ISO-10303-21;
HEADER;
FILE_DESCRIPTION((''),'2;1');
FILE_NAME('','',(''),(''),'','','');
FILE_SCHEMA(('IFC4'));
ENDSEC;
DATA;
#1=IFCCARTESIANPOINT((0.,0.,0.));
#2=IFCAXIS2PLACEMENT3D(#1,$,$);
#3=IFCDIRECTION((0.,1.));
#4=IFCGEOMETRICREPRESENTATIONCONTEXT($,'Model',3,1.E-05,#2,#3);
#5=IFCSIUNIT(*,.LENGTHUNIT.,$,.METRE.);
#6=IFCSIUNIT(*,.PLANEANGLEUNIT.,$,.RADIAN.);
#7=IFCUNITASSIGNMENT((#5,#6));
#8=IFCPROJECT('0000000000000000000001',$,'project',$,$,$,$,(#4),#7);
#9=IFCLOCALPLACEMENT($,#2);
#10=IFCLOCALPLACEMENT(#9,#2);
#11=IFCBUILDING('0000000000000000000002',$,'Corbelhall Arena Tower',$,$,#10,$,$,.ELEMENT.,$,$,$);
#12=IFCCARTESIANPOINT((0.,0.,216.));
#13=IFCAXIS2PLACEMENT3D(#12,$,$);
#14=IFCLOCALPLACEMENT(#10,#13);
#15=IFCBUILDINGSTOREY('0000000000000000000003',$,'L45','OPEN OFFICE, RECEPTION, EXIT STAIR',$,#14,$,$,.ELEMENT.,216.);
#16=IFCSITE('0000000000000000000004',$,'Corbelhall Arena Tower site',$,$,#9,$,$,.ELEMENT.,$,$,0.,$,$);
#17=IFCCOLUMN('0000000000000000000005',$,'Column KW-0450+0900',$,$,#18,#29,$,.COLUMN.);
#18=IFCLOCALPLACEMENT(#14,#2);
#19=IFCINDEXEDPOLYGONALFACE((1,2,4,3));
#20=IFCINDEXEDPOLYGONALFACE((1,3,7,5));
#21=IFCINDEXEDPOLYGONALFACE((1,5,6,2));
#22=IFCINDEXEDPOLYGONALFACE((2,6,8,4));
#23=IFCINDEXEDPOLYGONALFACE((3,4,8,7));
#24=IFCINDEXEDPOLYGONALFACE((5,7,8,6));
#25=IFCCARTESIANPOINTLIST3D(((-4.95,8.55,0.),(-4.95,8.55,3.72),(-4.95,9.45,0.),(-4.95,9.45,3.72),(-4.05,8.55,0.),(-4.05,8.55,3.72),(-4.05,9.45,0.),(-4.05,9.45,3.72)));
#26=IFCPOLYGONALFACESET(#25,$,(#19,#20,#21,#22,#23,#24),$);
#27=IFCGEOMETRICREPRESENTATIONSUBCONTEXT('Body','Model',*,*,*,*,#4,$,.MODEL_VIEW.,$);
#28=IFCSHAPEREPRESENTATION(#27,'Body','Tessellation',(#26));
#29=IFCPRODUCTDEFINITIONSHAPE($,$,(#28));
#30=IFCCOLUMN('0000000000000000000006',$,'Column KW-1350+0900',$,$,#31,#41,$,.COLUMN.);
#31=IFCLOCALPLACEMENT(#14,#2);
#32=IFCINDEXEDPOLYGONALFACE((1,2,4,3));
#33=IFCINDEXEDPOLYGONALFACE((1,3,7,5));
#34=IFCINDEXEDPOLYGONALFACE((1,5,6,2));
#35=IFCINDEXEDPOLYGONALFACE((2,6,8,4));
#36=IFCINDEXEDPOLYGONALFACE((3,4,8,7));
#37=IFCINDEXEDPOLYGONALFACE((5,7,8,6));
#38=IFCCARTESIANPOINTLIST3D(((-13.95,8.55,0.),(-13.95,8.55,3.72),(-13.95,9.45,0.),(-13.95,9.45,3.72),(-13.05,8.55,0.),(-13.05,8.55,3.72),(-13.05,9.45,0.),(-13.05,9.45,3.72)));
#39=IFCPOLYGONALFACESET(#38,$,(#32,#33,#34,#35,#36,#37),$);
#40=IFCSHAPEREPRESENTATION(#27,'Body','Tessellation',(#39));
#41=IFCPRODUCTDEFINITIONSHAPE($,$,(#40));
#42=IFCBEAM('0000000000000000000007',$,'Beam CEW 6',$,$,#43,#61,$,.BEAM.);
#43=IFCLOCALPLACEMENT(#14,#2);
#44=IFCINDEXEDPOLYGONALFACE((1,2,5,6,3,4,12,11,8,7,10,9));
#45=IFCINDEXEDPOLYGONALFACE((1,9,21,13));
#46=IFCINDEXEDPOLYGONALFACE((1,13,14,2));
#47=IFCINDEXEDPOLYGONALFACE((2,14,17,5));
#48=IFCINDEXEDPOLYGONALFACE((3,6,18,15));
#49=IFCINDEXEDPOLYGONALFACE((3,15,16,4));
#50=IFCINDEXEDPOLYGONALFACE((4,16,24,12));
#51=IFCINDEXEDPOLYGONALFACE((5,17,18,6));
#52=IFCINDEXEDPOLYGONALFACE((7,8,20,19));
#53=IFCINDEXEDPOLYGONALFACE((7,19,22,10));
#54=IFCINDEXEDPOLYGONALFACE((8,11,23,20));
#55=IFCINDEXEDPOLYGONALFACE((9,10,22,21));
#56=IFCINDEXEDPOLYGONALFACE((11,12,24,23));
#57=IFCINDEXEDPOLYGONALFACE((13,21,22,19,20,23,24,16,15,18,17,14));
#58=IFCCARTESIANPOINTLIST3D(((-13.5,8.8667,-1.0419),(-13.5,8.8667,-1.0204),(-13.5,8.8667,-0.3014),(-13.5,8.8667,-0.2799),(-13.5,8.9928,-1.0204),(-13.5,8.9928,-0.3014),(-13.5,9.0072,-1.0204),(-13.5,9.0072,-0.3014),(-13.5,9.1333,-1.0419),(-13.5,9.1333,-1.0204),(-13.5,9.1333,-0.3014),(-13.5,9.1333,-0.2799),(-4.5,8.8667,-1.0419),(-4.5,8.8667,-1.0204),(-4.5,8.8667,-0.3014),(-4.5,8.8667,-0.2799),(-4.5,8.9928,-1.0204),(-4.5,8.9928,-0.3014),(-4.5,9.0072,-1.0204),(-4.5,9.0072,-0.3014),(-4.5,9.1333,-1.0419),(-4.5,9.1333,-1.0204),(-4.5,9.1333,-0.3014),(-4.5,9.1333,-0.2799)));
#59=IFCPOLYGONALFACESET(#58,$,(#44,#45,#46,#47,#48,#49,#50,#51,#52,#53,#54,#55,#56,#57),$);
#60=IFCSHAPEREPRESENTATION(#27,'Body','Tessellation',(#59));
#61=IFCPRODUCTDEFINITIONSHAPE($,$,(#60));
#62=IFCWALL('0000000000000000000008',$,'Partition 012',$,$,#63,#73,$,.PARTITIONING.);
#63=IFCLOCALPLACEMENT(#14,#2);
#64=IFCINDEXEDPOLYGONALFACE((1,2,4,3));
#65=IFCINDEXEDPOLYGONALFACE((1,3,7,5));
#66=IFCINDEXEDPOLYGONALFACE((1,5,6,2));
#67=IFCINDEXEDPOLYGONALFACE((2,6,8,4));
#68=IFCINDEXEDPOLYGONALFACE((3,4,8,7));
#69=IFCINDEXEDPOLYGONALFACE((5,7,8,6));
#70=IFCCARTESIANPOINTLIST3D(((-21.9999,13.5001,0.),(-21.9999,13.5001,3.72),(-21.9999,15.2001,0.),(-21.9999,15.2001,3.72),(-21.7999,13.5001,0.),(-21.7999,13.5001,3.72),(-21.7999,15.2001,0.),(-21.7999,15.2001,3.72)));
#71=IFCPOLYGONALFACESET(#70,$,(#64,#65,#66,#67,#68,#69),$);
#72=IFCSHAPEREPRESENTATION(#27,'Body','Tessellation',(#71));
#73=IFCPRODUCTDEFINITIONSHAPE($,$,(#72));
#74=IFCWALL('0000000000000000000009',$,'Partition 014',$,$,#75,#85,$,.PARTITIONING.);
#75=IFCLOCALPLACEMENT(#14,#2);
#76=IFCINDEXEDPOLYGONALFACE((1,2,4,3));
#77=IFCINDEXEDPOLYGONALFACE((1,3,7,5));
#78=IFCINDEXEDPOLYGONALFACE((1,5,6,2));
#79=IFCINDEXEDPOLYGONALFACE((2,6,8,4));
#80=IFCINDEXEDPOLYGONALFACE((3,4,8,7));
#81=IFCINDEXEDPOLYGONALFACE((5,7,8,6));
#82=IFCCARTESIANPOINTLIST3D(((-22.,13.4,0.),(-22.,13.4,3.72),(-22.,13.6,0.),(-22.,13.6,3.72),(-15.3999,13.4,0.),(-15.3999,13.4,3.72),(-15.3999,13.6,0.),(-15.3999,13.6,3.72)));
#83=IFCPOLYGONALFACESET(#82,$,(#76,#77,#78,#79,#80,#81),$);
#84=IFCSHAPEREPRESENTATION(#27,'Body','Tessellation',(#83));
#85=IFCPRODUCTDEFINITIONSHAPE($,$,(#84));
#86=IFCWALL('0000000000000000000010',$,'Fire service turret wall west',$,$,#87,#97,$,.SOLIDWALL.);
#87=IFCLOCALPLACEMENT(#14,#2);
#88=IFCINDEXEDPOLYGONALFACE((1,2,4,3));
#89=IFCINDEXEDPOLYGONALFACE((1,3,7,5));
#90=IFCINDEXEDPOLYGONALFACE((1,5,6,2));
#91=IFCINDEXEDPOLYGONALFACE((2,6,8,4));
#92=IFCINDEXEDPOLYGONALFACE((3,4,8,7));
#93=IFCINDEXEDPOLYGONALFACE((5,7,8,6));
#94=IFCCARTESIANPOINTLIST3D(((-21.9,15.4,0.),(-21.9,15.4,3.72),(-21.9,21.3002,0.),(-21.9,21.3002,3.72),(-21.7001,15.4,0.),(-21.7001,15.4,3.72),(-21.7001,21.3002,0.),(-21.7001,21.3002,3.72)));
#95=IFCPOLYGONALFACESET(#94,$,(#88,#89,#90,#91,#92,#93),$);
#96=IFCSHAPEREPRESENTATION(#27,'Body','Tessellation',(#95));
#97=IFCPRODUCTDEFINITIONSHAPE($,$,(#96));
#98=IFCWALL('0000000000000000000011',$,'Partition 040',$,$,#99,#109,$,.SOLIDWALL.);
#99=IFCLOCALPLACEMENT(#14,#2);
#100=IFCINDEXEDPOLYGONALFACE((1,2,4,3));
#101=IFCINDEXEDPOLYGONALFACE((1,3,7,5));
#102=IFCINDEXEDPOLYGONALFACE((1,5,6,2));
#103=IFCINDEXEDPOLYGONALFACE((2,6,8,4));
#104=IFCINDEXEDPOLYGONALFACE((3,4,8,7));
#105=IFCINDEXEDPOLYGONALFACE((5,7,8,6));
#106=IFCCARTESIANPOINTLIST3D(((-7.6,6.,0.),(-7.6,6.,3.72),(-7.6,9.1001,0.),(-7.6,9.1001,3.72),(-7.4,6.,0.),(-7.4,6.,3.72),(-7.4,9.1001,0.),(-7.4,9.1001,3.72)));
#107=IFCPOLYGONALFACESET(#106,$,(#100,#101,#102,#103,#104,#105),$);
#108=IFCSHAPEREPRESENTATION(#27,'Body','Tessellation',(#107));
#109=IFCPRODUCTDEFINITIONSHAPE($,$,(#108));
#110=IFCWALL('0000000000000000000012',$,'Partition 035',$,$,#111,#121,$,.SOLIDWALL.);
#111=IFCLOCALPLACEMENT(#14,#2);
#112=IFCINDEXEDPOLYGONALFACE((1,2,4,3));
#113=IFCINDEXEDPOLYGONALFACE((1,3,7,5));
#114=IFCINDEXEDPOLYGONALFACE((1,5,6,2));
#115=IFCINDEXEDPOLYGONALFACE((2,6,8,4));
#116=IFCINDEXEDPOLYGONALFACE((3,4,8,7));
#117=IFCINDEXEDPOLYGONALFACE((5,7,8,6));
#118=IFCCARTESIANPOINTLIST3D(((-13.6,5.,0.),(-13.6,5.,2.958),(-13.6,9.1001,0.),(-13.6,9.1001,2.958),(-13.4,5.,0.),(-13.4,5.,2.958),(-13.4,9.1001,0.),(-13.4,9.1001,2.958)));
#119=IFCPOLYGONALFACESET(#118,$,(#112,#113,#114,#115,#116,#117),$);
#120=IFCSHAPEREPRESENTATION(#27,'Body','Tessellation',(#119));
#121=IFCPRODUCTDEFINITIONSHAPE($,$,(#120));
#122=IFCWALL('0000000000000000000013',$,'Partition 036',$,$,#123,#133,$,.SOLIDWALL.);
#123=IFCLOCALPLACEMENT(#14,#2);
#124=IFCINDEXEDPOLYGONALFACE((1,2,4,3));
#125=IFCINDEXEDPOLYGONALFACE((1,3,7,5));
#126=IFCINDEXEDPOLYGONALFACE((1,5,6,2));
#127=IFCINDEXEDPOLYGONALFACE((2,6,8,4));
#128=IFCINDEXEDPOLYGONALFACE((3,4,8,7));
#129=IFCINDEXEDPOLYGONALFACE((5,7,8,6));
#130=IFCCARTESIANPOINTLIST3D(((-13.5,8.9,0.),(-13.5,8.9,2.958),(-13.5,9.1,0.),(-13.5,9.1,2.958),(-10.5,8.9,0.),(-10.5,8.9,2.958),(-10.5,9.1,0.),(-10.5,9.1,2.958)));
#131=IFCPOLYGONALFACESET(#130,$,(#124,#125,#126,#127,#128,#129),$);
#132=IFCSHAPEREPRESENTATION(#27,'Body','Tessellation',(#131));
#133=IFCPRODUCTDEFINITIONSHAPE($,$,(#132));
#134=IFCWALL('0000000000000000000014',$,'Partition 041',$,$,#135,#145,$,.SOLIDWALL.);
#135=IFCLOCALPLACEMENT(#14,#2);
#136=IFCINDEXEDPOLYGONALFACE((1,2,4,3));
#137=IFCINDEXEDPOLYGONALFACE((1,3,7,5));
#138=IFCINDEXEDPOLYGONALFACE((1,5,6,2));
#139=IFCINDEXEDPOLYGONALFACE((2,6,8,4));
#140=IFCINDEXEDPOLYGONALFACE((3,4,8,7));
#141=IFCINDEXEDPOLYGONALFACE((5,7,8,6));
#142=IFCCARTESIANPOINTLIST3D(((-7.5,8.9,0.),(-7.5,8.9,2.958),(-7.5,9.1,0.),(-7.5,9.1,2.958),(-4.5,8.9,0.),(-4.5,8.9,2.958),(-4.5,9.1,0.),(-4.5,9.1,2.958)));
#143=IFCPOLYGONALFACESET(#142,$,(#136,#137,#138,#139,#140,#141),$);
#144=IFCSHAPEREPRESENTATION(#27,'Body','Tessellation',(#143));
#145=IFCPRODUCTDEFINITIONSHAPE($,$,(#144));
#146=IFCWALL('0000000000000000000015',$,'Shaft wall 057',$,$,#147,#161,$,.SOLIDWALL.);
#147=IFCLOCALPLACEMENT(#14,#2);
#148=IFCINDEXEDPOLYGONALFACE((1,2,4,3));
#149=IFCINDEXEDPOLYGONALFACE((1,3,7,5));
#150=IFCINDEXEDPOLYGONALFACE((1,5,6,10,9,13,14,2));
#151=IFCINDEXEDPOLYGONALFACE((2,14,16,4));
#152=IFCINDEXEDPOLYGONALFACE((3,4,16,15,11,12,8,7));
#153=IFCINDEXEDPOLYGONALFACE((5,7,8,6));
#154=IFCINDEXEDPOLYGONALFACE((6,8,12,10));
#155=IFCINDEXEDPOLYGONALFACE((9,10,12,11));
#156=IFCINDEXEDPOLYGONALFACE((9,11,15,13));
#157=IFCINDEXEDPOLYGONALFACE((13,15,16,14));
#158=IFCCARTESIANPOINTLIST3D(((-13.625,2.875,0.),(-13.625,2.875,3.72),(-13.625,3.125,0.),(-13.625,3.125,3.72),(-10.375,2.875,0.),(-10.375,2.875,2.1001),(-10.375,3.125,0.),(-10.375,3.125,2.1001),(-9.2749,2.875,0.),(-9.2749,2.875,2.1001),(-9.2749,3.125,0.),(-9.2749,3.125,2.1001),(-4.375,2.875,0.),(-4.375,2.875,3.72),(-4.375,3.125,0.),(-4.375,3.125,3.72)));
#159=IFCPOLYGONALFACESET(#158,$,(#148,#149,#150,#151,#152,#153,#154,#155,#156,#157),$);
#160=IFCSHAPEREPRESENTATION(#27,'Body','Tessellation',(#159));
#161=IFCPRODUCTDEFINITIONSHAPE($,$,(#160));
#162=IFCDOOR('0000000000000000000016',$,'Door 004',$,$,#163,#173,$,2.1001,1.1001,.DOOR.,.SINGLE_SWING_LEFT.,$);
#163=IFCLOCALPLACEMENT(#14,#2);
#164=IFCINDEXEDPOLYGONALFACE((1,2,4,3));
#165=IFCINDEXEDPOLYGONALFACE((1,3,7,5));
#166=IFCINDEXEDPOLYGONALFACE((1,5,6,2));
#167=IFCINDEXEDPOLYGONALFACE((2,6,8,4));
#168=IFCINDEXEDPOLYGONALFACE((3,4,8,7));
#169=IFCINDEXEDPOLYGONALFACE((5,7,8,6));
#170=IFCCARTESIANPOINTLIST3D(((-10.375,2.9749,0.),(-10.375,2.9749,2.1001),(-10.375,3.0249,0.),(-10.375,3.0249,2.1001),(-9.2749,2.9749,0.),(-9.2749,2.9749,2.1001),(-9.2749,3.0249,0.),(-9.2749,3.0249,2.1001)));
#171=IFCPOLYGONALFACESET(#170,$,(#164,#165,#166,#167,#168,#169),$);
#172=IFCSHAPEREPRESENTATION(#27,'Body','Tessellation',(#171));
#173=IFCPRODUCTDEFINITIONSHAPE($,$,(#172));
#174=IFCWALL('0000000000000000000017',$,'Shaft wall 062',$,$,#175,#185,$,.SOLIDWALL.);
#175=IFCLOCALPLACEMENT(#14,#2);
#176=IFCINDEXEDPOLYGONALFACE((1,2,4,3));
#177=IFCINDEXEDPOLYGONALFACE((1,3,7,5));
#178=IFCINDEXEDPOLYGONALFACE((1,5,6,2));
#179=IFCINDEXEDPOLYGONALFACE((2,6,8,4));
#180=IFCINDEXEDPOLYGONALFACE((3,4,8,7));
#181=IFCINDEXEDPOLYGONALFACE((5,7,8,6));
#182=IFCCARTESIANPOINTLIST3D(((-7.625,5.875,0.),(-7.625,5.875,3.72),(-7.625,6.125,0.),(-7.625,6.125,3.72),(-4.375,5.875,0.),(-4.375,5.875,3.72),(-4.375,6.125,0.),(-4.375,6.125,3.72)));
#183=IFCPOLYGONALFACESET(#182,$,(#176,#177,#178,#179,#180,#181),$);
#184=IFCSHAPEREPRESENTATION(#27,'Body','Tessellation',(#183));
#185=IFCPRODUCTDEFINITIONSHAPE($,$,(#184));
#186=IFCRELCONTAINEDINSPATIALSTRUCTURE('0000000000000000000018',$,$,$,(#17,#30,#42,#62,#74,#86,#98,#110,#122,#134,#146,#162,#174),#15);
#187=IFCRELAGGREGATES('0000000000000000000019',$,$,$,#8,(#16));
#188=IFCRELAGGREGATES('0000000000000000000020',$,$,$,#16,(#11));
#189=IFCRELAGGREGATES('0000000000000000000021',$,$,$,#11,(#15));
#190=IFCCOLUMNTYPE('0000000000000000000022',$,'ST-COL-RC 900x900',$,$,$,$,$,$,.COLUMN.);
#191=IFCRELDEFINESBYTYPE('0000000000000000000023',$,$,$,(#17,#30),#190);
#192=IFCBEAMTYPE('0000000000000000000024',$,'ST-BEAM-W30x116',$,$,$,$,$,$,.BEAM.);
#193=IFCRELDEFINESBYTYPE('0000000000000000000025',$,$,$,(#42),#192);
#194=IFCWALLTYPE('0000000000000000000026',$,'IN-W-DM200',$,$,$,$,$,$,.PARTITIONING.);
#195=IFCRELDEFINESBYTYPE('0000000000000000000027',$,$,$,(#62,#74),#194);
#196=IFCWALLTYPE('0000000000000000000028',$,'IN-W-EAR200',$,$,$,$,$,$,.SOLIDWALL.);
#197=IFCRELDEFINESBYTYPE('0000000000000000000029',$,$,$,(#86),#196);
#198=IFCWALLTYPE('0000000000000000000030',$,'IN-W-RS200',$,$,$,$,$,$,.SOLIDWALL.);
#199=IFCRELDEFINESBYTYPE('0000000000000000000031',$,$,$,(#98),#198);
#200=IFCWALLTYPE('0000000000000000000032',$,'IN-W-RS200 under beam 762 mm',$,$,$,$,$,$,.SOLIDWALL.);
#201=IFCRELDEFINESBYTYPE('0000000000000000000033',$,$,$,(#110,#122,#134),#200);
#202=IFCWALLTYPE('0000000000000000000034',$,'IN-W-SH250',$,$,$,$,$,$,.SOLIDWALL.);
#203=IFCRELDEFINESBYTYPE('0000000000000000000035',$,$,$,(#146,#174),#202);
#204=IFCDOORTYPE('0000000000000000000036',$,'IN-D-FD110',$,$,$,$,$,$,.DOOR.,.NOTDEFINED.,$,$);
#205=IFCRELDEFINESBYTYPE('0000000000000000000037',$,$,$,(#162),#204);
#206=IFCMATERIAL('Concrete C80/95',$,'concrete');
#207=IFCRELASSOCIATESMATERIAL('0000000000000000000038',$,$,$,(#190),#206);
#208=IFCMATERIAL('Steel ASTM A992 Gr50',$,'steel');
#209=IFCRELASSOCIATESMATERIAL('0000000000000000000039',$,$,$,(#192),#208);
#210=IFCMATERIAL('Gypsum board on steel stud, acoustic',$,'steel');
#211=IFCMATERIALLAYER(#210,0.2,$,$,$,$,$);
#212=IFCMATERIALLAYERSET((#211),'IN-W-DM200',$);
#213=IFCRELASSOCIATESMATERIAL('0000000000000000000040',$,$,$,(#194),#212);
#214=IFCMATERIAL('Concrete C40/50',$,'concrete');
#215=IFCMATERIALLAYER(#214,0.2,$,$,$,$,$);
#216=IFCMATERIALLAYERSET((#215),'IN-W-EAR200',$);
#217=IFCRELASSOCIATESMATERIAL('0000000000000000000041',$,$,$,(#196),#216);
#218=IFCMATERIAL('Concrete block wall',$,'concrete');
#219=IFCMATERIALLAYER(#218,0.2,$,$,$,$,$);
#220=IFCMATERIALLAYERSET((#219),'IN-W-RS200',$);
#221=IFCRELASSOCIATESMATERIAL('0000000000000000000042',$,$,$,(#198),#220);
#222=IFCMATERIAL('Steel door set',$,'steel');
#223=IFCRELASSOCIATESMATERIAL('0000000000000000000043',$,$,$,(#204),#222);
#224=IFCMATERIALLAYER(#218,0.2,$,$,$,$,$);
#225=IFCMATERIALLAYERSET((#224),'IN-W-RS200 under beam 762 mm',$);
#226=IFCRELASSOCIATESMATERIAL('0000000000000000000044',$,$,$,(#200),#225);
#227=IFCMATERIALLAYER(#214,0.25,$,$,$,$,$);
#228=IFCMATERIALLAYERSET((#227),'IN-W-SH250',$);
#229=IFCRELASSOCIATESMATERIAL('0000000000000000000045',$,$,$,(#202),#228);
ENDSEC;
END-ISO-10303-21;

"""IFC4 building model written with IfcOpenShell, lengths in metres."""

from ifc_helpers import new_model, si_unit, direction, frame, frame_2d, origin, origin_2d, place, context, subcontext, project, spatial, rectangle, i_section, extrude, material, layer, layer_set, material_profile, profile_set, type_object, element, fill, save


model = new_model("IFC4")

# Units and contexts
model_context = context("Model", 3, precision=1e-05, world=origin(), true_north=direction((0.0, 1.0)))
body_context = subcontext(model_context, "Body", "Model", "MODEL_VIEW")
ifc_project = project(units=[si_unit("LENGTHUNIT", "METRE"), si_unit("PLANEANGLEUNIT", "RADIAN")], contexts=[model_context])

# Site, building, storey
site_placement = place(None, origin())
site = spatial("IfcSite", under=ifc_project, at=site_placement, Name="Corbelhall Arena Tower site", CompositionType="ELEMENT", RefElevation=0.0)
building_placement = place(site_placement, origin())
building = spatial("IfcBuilding", under=site, at=building_placement, Name="Corbelhall Arena Tower", CompositionType="ELEMENT")
storey_placement = place(building_placement, frame((0.0, 0.0, 216.0)))
storey = spatial("IfcBuildingStorey", under=building, at=storey_placement, Name="L45", Description="OPEN OFFICE, RECEPTION, EXIT STAIR", CompositionType="ELEMENT", Elevation=216.0)

# Columns
ifc_material_1 = material(Name="Concrete C80/95", Category="concrete")
ifc_material_profile_1 = material_profile(ifc_material_1, rectangle(XDim=0.8999, YDim=0.8999, at=origin_2d()))
ifc_profile_set_1 = profile_set([ifc_material_profile_1], Name="Concrete C80/95")
column_type = type_object("IfcColumnType", Name="ST-COL-RC 900x900", PredefinedType="COLUMN", material=ifc_profile_set_1)
for number, where, z_axis, x_axis, name in (
    (1, (-4.5, 9.0, 0.0), (0.0, 0.0, 1.0), (1.0, 0.0, 0.0), "Column KW-0450+0900"),
    (2, (-13.5, 9.0, 0.0), (0.0, 0.0, 1.0), (1.0, 0.0, 0.0), "Column KW-1350+0900"),
):
    element("IfcColumn", number, at=place(storey_placement, frame(where, z_axis=z_axis, x_axis=x_axis)), inside=storey, type_object=column_type, Name=name, PredefinedType="COLUMN", context=body_context, shape_type="SweptSolid", body=[
        extrude(rectangle(XDim=0.8999, YDim=0.8999, at=origin_2d()), origin(), (0.0, 0.0, 1.0), 3.72),
    ])

# Beam
ifc_material_2 = material(Name="Steel ASTM A992 Gr50", Category="steel")
ifc_material_profile_2 = material_profile(ifc_material_2, i_section(OverallWidth=0.2666, OverallDepth=0.762, WebThickness=0.0144, FlangeThickness=0.0215, at=origin_2d()))
ifc_profile_set_2 = profile_set([ifc_material_profile_2], Name="Steel ASTM A992 Gr50")
beam_type = type_object("IfcBeamType", Name="ST-BEAM-W30x116", PredefinedType="BEAM", material=ifc_profile_set_2)
beam_placement = place(storey_placement, frame((-13.5, 9.0, -0.6609), z_axis=(1.0, 0.0, 0.0), x_axis=(0.0, 1.0, 0.0)))
element("IfcBeam", 3, at=beam_placement, inside=storey, type_object=beam_type, Name="Beam CEW 6", PredefinedType="BEAM", context=body_context, shape_type="SweptSolid", body=[
    extrude(i_section(OverallWidth=0.2666, OverallDepth=0.762, WebThickness=0.0144, FlangeThickness=0.0215, at=origin_2d()), origin(), (0.0, 0.0, 1.0), 9.0),
])

# Shared definitions
ifc_material_3 = material(Name="Gypsum board on steel stud, acoustic", Category="steel")
ifc_layer_1 = layer(ifc_material_3, 0.2)
ifc_layer_set_1 = layer_set([ifc_layer_1], Name="IN-W-DM200")
wall_type_1 = type_object("IfcWallType", Name="IN-W-DM200", PredefinedType="PARTITIONING", material=ifc_layer_set_1)
ifc_material_4 = material(Name="Steel door set", Category="steel")

# Wall
wall_1_placement = place(storey_placement, frame((-21.8999, 13.5, 0.0), z_axis=(0.0, 0.0, 1.0), x_axis=(0.0, 1.0, 0.0)))
element("IfcWall", 4, at=wall_1_placement, inside=storey, type_object=wall_type_1, Name="Partition 012", PredefinedType="PARTITIONING", context=body_context, shape_type="SweptSolid", body=[
    extrude(rectangle(XDim=1.7, YDim=0.2, at=frame_2d((0.8501, 0.0))), origin(), (0.0, 0.0, 1.0), 3.72),
])

# Wall
wall_2_placement = place(storey_placement, frame((-15.3999, 13.5, 0.0), z_axis=(0.0, 0.0, 1.0), x_axis=(-1.0, 0.0, 0.0)))
element("IfcWall", 5, at=wall_2_placement, inside=storey, type_object=wall_type_1, Name="Partition 014", PredefinedType="PARTITIONING", context=body_context, shape_type="SweptSolid", body=[
    extrude(rectangle(XDim=6.6001, YDim=0.2, at=frame_2d((3.3, 0.0))), origin(), (0.0, 0.0, 1.0), 3.72),
])

# Shared definitions
ifc_material_5 = material(Name="Concrete C40/50", Category="concrete")
ifc_layer_2 = layer(ifc_material_5, 0.2)
ifc_layer_set_2 = layer_set([ifc_layer_2], Name="IN-W-EAR200")
wall_type_2 = type_object("IfcWallType", Name="IN-W-EAR200", PredefinedType="SOLIDWALL", material=ifc_layer_set_2)

# Wall
wall_3_placement = place(storey_placement, frame((-21.8, 15.3999, 0.0), z_axis=(0.0, 0.0, 1.0), x_axis=(0.0, 1.0, 0.0)))
element("IfcWall", 6, at=wall_3_placement, inside=storey, type_object=wall_type_2, Name="Fire service turret wall west", PredefinedType="SOLIDWALL", context=body_context, shape_type="SweptSolid", body=[
    extrude(rectangle(XDim=5.9001, YDim=0.2, at=frame_2d((2.9502, 0.0))), origin(), (0.0, 0.0, 1.0), 3.72),
])

# Shared definitions
ifc_material_6 = material(Name="Concrete block wall", Category="concrete")
ifc_layer_3 = layer(ifc_material_6, 0.2)
ifc_layer_set_3 = layer_set([ifc_layer_3], Name="IN-W-RS200")
wall_type_3 = type_object("IfcWallType", Name="IN-W-RS200", PredefinedType="SOLIDWALL", material=ifc_layer_set_3)
door_type_1 = type_object("IfcDoorType", Name="IN-D-FD110", OperationType="NOTDEFINED", PredefinedType="DOOR", material=ifc_material_4)

# Walls
wall_4_placement = place(storey_placement, frame((-7.5, 6.0, 0.0), z_axis=(0.0, 0.0, 1.0), x_axis=(0.0, 1.0, 0.0)))
element("IfcWall", 7, at=wall_4_placement, inside=storey, type_object=wall_type_3, Name="Partition 040", PredefinedType="SOLIDWALL", context=body_context, shape_type="SweptSolid", body=[
    extrude(rectangle(XDim=3.1001, YDim=0.2, at=frame_2d((1.55, 0.0))), origin(), (0.0, 0.0, 1.0), 3.72),
])
ifc_layer_4 = layer(ifc_material_6, 0.2)
ifc_layer_set_4 = layer_set([ifc_layer_4], Name="IN-W-RS200 under beam 762 mm")
wall_type_4 = type_object("IfcWallType", Name="IN-W-RS200 under beam 762 mm", PredefinedType="SOLIDWALL", material=ifc_layer_set_4)
wall_5_placement = place(storey_placement, frame((-13.5, 5.0, 0.0), z_axis=(0.0, 0.0, 1.0), x_axis=(0.0, 1.0, 0.0)))
element("IfcWall", 8, at=wall_5_placement, inside=storey, type_object=wall_type_4, Name="Partition 035", PredefinedType="SOLIDWALL", context=body_context, shape_type="SweptSolid", body=[
    extrude(rectangle(XDim=4.1001, YDim=0.2, at=frame_2d((2.05, 0.0))), origin(), (0.0, 0.0, 1.0), 2.958),
])
for number, where, z_axis, x_axis, name in (
    (9, (-13.5, 9.0, 0.0), (0.0, 0.0, 1.0), (1.0, 0.0, 0.0), "Partition 036"),
    (10, (-7.5, 9.0, 0.0), (0.0, 0.0, 1.0), (1.0, 0.0, 0.0), "Partition 041"),
):
    element("IfcWall", number, at=place(storey_placement, frame(where, z_axis=z_axis, x_axis=x_axis)), inside=storey, type_object=wall_type_4, Name=name, PredefinedType="SOLIDWALL", context=body_context, shape_type="SweptSolid", body=[
        extrude(rectangle(XDim=3.0, YDim=0.2, at=frame_2d((1.5, 0.0))), origin(), (0.0, 0.0, 1.0), 2.958),
    ])

# Wall, opening, door
ifc_layer_5 = layer(ifc_material_5, 0.25)
ifc_layer_set_5 = layer_set([ifc_layer_5], Name="IN-W-SH250")
wall_type_5 = type_object("IfcWallType", Name="IN-W-SH250", PredefinedType="SOLIDWALL", material=ifc_layer_set_5)
wall_6_placement = place(storey_placement, frame((-13.625, 3.0, 0.0), z_axis=(0.0, 0.0, 1.0), x_axis=(1.0, 0.0, 0.0)))
wall_6 = element("IfcWall", 11, at=wall_6_placement, inside=storey, type_object=wall_type_5, Name="Shaft wall 057", PredefinedType="SOLIDWALL", context=body_context, shape_type="SweptSolid", body=[
    extrude(rectangle(XDim=9.25, YDim=0.25, at=frame_2d((4.625, 0.0))), origin(), (0.0, 0.0, 1.0), 3.72),
])
opening_1_placement = place(wall_6_placement, frame((3.25, 0.0, 0.0)))
opening_1 = element("IfcOpeningElement", 12, at=opening_1_placement, cuts=wall_6, PredefinedType="OPENING", context=body_context, shape_type="SweptSolid", body=[
    extrude(rectangle(XDim=1.1001, YDim=2.1001, at=frame_2d((0.55, 1.05))), frame((0.0, 0.125, 0.0), z_axis=(0.0, -1.0, 0.0), x_axis=(1.0, 0.0, 0.0)), (0.0, 0.0, 1.0), 0.25),
])
door_1_placement = place(opening_1_placement, origin())
door_1 = element("IfcDoor", 13, at=door_1_placement, inside=storey, type_object=door_type_1, Name="Door 004", OperationType="SINGLE_SWING_LEFT", OverallHeight=2.1001, OverallWidth=1.1001, PredefinedType="DOOR", context=body_context, shape_type="SweptSolid", body=[
    extrude(rectangle(XDim=1.1001, YDim=2.1001, at=frame_2d((0.55, 1.05))), frame((0.0, 0.0249, 0.0), z_axis=(0.0, -1.0, 0.0), x_axis=(1.0, 0.0, 0.0)), (0.0, 0.0, 1.0), 0.05),
])
fill(opening_1, door_1)

# Wall
wall_7_placement = place(storey_placement, frame((-7.625, 6.0, 0.0), z_axis=(0.0, 0.0, 1.0), x_axis=(1.0, 0.0, 0.0)))
element("IfcWall", 14, at=wall_7_placement, inside=storey, type_object=wall_type_5, Name="Shaft wall 062", PredefinedType="SOLIDWALL", context=body_context, shape_type="SweptSolid", body=[
    extrude(rectangle(XDim=3.25, YDim=0.25, at=frame_2d((1.625, 0.0))), origin(), (0.0, 0.0, 1.0), 3.72),
])

save(model, "model.ifc")
